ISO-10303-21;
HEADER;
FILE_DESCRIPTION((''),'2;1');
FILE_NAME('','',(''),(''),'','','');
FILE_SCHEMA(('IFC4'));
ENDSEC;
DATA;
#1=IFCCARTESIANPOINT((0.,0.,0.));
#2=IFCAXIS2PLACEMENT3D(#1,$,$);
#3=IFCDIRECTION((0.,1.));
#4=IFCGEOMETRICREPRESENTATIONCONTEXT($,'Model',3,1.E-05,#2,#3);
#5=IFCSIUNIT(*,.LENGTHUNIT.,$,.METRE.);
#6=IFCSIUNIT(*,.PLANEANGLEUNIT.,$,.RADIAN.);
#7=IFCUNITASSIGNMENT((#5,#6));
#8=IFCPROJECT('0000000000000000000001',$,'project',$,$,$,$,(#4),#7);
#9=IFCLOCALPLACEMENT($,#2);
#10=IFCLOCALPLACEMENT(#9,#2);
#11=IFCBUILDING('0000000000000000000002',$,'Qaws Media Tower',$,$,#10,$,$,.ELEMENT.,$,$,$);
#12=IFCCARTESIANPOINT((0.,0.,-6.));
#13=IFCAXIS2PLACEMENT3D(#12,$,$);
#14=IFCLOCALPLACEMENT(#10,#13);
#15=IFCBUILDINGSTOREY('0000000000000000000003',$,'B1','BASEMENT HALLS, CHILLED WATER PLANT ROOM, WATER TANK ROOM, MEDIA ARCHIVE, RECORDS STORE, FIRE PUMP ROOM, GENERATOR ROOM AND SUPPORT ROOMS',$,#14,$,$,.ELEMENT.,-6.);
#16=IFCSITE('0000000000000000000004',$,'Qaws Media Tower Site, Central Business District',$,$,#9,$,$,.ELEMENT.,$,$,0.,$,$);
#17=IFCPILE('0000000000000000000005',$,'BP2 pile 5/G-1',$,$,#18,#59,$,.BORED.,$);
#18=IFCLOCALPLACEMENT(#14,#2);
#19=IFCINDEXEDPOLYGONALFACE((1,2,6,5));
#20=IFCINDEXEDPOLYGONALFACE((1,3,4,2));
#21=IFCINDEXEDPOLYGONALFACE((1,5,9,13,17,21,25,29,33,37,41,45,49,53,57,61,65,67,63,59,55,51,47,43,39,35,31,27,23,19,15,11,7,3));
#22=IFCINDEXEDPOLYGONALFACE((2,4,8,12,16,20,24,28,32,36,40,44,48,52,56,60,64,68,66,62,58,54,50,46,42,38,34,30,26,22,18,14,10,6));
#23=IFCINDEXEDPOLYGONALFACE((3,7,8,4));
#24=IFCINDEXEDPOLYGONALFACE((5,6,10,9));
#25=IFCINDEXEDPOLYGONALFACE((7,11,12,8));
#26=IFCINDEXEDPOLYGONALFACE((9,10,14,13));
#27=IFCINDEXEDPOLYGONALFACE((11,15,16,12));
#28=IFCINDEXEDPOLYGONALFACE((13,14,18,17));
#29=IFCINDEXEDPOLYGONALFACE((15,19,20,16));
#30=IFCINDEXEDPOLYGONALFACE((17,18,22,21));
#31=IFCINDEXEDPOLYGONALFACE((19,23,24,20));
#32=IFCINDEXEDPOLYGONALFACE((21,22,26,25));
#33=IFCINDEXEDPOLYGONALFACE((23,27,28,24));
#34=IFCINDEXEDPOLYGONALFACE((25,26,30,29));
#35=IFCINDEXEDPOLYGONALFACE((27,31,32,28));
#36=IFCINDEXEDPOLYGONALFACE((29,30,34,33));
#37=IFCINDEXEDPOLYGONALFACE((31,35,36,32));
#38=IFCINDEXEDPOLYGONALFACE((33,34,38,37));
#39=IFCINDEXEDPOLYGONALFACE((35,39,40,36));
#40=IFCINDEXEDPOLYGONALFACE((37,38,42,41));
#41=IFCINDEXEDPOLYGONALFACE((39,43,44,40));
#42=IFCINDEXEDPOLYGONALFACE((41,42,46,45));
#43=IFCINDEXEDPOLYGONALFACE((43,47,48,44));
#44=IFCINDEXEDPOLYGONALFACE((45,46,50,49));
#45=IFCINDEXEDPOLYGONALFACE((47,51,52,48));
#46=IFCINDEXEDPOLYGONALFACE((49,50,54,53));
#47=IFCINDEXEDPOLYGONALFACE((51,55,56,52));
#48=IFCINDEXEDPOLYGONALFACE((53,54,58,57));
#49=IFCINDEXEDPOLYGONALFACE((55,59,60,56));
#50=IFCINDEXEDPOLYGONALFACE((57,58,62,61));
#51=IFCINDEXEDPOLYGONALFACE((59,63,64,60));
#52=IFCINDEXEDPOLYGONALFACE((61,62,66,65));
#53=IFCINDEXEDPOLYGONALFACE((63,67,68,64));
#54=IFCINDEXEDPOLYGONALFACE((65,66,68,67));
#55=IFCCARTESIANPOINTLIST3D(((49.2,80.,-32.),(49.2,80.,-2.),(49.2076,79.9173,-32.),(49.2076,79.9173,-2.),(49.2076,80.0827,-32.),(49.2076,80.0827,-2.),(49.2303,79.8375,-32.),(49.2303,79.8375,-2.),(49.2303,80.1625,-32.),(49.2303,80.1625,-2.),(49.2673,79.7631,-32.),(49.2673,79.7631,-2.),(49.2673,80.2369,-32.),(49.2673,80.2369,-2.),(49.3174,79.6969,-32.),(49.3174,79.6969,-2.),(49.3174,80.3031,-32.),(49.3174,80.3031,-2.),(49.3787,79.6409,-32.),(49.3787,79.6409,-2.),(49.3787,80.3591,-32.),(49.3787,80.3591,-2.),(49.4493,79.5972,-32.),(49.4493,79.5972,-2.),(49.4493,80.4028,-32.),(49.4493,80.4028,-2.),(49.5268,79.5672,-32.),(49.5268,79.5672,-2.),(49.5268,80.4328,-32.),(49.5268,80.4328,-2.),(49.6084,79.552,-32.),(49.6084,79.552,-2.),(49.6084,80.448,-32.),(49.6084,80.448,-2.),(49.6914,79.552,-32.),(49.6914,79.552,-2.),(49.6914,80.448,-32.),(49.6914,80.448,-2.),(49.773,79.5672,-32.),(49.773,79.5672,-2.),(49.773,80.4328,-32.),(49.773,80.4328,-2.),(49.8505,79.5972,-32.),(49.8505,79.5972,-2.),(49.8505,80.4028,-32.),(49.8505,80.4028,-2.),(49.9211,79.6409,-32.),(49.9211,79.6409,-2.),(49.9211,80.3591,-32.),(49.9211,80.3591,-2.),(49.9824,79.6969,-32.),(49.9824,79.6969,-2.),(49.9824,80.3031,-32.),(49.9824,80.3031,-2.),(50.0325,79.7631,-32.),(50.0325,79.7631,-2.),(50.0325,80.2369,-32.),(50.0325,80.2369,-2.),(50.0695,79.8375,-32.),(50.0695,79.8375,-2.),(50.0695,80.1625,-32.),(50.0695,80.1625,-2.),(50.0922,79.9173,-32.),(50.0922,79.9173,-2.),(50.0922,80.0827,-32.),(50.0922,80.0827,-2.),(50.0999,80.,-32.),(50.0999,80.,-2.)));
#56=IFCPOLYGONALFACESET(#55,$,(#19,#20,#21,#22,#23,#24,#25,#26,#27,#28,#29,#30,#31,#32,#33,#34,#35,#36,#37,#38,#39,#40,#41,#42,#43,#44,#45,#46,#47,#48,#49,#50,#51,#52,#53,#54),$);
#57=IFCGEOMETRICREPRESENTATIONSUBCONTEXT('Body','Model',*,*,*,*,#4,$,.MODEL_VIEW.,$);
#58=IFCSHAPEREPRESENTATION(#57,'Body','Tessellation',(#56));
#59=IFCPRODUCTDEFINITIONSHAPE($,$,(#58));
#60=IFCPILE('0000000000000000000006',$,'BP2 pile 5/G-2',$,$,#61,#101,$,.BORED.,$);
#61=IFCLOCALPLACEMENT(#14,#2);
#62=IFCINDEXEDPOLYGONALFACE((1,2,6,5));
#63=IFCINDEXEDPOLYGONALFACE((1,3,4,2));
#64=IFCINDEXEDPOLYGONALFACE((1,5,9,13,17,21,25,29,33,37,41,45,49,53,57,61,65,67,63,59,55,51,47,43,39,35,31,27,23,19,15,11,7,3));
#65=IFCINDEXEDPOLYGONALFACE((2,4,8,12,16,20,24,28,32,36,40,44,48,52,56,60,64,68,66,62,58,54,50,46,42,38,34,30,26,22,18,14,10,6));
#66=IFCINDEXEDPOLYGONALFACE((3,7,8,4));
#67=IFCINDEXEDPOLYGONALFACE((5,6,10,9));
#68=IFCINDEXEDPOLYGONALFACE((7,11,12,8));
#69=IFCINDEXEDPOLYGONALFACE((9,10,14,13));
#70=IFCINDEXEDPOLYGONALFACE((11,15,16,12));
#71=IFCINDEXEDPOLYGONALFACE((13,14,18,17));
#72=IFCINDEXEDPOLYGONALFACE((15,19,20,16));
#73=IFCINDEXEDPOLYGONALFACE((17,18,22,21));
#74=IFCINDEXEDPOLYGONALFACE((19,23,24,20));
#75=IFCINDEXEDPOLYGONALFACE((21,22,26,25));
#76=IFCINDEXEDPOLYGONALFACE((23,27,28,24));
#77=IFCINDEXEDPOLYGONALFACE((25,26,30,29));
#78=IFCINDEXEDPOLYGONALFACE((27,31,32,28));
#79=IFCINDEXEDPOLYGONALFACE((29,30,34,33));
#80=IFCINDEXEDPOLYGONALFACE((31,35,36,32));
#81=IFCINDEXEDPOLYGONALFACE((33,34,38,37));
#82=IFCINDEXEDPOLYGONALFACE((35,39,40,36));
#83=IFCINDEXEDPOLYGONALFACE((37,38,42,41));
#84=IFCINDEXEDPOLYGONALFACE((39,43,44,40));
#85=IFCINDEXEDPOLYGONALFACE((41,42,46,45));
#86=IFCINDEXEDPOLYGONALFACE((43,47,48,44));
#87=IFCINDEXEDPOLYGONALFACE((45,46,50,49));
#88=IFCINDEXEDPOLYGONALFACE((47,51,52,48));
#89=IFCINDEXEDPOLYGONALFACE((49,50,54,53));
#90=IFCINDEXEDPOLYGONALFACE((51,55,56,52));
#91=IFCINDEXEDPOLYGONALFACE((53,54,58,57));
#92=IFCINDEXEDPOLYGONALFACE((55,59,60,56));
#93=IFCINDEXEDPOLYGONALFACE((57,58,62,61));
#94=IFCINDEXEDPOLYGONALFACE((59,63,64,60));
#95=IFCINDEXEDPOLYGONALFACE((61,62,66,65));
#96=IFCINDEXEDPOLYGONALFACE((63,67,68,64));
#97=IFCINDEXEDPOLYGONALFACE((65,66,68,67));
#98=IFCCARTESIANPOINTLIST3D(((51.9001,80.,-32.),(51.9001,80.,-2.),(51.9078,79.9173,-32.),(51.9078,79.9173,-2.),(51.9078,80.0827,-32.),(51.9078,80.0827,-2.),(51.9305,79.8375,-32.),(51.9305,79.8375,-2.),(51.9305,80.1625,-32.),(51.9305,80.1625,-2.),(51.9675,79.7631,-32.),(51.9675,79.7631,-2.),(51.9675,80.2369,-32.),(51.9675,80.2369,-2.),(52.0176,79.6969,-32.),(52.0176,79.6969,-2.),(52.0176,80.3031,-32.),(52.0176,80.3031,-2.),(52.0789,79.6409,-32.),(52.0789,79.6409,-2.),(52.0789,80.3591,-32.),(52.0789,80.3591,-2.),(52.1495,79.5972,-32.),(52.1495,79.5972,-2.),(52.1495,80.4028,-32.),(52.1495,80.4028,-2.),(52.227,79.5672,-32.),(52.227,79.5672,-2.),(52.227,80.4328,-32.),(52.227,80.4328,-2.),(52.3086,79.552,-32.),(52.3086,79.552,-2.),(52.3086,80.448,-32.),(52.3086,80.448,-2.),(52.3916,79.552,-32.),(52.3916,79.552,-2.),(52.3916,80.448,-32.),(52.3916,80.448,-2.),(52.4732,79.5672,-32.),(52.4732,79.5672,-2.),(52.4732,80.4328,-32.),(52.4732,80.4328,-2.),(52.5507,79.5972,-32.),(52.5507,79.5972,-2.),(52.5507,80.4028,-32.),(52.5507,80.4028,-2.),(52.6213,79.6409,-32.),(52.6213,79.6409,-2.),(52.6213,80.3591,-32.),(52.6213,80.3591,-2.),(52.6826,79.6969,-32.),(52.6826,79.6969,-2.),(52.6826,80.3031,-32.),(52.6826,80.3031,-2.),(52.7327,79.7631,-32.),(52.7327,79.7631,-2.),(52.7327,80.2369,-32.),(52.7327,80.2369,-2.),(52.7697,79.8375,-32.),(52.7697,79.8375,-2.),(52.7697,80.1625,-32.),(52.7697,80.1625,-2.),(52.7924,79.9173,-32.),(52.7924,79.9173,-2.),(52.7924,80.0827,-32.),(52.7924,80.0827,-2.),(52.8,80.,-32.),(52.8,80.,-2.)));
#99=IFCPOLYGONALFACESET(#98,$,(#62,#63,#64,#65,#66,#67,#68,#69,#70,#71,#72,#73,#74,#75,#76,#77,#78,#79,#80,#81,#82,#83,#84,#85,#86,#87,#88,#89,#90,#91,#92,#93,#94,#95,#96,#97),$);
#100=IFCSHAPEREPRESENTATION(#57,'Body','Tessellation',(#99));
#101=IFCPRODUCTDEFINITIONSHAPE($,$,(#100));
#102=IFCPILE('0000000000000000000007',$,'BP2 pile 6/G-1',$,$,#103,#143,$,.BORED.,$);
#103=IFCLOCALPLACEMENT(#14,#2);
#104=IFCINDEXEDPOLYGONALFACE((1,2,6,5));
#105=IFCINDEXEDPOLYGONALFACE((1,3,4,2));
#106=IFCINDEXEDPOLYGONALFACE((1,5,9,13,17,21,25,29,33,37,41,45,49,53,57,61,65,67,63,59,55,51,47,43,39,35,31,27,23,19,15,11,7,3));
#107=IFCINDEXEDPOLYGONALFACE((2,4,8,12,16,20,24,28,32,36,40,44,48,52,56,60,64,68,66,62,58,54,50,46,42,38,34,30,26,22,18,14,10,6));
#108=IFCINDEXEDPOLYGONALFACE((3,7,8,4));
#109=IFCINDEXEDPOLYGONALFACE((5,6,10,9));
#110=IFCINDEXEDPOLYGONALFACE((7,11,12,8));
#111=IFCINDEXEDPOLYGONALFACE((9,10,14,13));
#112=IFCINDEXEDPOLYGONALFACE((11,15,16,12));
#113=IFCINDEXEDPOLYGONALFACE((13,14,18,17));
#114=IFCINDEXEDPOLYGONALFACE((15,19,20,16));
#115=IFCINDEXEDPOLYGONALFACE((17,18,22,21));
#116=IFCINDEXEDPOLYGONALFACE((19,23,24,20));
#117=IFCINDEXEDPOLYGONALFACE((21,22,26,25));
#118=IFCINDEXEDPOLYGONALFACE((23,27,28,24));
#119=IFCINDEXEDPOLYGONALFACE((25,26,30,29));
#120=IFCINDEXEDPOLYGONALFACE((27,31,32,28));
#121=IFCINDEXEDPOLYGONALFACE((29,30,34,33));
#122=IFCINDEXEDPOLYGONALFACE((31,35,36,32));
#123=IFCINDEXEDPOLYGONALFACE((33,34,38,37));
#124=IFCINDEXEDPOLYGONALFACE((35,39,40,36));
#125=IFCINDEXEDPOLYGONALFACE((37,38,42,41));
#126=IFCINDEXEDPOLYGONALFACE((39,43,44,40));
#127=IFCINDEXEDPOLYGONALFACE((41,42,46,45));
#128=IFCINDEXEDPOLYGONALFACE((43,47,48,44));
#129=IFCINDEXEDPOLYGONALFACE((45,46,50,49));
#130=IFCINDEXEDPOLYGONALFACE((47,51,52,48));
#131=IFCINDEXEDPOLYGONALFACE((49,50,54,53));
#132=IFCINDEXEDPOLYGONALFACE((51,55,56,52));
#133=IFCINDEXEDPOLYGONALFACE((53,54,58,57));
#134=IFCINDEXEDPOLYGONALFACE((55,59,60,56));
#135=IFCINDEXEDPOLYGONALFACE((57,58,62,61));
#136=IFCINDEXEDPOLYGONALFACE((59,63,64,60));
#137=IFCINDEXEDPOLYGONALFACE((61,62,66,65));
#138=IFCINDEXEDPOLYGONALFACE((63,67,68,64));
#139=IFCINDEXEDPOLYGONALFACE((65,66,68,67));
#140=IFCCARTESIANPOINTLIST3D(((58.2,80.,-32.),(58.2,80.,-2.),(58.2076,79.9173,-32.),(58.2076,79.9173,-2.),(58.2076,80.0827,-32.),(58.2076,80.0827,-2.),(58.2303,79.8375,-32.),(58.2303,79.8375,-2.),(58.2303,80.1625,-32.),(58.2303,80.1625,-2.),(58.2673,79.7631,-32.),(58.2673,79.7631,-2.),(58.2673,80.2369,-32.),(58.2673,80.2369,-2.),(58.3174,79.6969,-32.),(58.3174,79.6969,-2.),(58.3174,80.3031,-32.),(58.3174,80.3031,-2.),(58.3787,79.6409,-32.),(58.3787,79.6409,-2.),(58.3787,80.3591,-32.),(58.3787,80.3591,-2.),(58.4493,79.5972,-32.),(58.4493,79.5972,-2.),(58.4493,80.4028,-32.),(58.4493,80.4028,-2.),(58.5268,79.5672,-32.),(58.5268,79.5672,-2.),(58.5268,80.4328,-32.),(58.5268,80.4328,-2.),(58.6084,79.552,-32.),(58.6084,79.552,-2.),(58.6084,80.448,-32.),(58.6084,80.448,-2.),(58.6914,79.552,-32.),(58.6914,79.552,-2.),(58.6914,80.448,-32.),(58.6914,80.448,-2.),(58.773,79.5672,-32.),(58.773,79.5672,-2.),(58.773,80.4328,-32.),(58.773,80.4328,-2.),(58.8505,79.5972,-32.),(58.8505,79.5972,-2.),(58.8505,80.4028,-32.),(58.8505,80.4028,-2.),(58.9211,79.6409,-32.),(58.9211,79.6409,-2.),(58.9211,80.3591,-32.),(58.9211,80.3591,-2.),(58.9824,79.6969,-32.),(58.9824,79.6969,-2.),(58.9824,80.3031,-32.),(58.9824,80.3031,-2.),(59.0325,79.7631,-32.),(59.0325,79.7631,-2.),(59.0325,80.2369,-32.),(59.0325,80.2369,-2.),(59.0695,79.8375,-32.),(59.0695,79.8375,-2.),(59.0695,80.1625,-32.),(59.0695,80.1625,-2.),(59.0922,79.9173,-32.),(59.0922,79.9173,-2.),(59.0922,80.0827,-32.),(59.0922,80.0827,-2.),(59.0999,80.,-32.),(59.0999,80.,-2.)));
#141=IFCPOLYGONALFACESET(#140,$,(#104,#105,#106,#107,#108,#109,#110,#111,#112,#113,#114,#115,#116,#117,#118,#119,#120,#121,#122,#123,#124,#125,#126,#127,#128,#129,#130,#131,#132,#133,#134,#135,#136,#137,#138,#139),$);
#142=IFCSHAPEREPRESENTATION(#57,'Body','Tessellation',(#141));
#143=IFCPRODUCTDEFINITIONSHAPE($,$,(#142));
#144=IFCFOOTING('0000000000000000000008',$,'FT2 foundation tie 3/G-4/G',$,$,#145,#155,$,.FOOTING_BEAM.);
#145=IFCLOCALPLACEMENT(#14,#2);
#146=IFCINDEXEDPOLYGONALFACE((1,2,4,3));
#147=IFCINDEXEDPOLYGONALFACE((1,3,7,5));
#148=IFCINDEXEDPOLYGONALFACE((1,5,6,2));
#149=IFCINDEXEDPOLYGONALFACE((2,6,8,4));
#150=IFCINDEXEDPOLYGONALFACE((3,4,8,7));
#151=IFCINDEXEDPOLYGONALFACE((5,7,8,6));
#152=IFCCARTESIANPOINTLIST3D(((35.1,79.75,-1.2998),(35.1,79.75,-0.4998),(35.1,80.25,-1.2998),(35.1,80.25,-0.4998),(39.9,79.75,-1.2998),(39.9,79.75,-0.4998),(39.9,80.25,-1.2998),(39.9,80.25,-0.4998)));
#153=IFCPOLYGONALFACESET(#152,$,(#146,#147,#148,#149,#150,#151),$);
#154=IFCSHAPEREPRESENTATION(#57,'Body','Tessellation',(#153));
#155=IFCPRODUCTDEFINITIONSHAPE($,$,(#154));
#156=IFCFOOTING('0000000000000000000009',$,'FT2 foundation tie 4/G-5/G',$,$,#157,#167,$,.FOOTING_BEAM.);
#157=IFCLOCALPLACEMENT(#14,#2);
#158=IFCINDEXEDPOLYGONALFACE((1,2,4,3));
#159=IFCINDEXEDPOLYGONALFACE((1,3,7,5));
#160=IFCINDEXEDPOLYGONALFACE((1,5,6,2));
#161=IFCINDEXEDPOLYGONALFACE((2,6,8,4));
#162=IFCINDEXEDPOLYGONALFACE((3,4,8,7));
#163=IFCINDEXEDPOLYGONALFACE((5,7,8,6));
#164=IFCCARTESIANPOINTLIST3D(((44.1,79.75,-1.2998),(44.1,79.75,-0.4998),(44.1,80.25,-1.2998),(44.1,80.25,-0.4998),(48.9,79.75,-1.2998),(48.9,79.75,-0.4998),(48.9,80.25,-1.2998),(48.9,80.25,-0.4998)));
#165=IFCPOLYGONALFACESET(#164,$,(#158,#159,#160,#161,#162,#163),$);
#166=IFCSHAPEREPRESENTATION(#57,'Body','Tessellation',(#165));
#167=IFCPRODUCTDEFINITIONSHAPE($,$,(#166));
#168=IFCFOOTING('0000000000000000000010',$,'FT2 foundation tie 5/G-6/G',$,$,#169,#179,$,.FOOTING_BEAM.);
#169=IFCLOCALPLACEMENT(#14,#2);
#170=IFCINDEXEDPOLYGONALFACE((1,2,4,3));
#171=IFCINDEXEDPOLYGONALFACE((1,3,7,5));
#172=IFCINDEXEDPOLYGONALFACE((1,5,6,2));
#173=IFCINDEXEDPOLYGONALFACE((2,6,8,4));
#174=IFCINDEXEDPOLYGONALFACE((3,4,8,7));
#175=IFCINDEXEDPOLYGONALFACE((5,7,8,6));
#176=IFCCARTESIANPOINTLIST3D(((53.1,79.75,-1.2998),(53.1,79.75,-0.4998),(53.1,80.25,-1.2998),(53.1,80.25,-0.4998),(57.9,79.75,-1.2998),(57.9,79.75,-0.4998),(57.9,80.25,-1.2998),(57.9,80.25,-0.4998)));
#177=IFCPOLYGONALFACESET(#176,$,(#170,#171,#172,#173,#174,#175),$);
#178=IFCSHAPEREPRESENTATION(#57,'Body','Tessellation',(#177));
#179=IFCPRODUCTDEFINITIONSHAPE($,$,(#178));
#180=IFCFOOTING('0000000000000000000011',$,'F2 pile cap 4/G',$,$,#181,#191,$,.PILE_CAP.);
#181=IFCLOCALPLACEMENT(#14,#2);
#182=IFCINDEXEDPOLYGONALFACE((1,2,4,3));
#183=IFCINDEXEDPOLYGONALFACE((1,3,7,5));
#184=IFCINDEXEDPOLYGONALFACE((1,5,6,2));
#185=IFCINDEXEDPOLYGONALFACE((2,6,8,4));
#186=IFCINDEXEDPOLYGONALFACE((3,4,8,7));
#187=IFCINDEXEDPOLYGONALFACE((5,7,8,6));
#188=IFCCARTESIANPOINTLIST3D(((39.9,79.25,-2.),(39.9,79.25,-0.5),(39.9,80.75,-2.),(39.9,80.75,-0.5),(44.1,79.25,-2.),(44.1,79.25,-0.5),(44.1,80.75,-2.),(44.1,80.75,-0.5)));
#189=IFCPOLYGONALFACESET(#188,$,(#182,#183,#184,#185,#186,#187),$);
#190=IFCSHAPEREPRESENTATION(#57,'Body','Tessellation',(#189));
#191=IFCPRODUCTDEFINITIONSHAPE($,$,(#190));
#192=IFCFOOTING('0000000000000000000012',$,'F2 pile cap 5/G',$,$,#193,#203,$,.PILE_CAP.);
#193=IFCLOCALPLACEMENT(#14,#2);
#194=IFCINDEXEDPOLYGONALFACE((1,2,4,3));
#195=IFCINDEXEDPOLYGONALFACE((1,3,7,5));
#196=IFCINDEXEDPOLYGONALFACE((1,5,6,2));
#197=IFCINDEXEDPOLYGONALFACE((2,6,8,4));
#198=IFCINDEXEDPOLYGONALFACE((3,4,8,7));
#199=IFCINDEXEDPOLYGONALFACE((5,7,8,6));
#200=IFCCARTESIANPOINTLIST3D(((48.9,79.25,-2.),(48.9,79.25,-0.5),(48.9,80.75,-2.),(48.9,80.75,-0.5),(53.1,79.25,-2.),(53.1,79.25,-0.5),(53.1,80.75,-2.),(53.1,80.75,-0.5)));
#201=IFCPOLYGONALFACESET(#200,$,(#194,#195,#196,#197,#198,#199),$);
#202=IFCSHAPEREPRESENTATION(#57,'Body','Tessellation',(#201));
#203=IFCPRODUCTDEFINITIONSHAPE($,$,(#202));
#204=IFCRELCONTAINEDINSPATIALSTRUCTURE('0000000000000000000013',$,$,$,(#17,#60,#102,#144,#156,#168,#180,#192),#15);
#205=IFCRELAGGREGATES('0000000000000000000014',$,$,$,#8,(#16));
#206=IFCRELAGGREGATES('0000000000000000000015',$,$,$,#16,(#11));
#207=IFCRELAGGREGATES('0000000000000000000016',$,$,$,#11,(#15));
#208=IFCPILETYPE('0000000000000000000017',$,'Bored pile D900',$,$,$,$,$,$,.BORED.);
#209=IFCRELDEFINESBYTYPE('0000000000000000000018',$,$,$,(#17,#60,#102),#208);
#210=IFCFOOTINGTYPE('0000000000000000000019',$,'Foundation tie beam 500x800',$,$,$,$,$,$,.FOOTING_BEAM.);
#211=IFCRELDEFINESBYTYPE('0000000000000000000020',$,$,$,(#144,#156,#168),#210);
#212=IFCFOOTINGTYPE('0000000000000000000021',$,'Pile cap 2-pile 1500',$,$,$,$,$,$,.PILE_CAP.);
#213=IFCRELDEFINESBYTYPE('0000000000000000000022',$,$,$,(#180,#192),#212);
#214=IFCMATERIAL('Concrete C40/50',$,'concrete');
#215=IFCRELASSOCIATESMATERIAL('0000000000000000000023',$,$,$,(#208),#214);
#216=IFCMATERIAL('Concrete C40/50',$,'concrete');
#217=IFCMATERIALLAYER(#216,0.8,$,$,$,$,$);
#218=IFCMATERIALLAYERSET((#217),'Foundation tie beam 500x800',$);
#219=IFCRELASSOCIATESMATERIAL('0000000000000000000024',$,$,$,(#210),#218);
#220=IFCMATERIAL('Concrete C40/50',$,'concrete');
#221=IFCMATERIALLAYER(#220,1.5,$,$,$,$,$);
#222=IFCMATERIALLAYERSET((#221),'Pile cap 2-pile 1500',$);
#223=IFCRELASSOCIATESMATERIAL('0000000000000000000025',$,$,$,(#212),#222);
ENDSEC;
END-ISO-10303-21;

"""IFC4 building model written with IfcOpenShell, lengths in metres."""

from ifc_helpers import new_model, si_unit, direction, frame, origin, origin_2d, place, context, subcontext, project, spatial, rectangle, circle, extrude, material, layer, layer_set, material_profile, profile_set, type_object, element, save


model = new_model("IFC4")

# Units and contexts
model_context = context("Model", 3, precision=1e-05, world=origin(), true_north=direction((0.0, 1.0)))
body_context = subcontext(model_context, "Body", "Model", "MODEL_VIEW")
ifc_project = project(units=[si_unit("LENGTHUNIT", "METRE"), si_unit("PLANEANGLEUNIT", "RADIAN")], contexts=[model_context])

# Site, building, storey
site_placement = place(None, origin())
site = spatial("IfcSite", under=ifc_project, at=site_placement, Name="Qaws Media Tower Site, Central Business District", CompositionType="ELEMENT", RefElevation=0.0)
building_placement = place(site_placement, origin())
building = spatial("IfcBuilding", under=site, at=building_placement, Name="Qaws Media Tower", CompositionType="ELEMENT")
storey_placement = place(building_placement, frame((0.0, 0.0, -6.0)))
storey = spatial("IfcBuildingStorey", under=building, at=storey_placement, Name="B1", Description="BASEMENT HALLS, CHILLED WATER PLANT ROOM, WATER TANK ROOM, MEDIA ARCHIVE, RECORDS STORE, FIRE PUMP ROOM, GENERATOR ROOM AND SUPPORT ROOMS", CompositionType="ELEMENT", Elevation=-6.0)

# Piles
ifc_material_1 = material(Name="Concrete C40/50", Category="concrete")
ifc_material_profile_1 = material_profile(ifc_material_1, circle(Radius=0.45, at=origin_2d()), Name="D900")
ifc_profile_set_1 = profile_set([ifc_material_profile_1], Name="Concrete C40/50")
pile_type_1 = type_object("IfcPileType", Name="Bored pile D900", PredefinedType="BORED", material=ifc_profile_set_1)
for number, where, z_axis, x_axis, name in (
    (1, (49.6499, 80.0, -2.0), (0.0, 0.0, -1.0), (1.0, 0.0, 0.0), "BP2 pile 5/G-1"),
    (2, (52.3501, 80.0, -2.0), (0.0, 0.0, -1.0), (1.0, 0.0, 0.0), "BP2 pile 5/G-2"),
    (3, (58.6499, 80.0, -2.0), (0.0, 0.0, -1.0), (1.0, 0.0, 0.0), "BP2 pile 6/G-1"),
):
    element("IfcPile", number, at=place(storey_placement, frame(where, z_axis=z_axis, x_axis=x_axis)), inside=storey, type_object=pile_type_1, Name=name, PredefinedType="BORED", context=body_context, shape_type="SweptSolid", body=[
        extrude(circle(Radius=0.45, at=origin_2d()), origin(), (0.0, 0.0, 1.0), 30.0),
    ])

# Footings
ifc_material_2 = material(Name="Concrete C40/50", Category="concrete")
ifc_layer_1 = layer(ifc_material_2, 0.8)
ifc_layer_set_1 = layer_set([ifc_layer_1], Name="Foundation tie beam 500x800")
footing_type_1 = type_object("IfcFootingType", Name="Foundation tie beam 500x800", PredefinedType="FOOTING_BEAM", material=ifc_layer_set_1)
for number, where, z_axis, x_axis, name in (
    (4, (37.5, 80.0, -1.2998), (0.0, 0.0, 1.0), (1.0, 0.0, 0.0), "FT2 foundation tie 3/G-4/G"),
    (5, (46.5, 80.0, -1.2998), (0.0, 0.0, 1.0), (1.0, 0.0, 0.0), "FT2 foundation tie 4/G-5/G"),
    (6, (55.5, 80.0, -1.2998), (0.0, 0.0, 1.0), (1.0, 0.0, 0.0), "FT2 foundation tie 5/G-6/G"),
):
    element("IfcFooting", number, at=place(storey_placement, frame(where, z_axis=z_axis, x_axis=x_axis)), inside=storey, type_object=footing_type_1, Name=name, PredefinedType="FOOTING_BEAM", context=body_context, shape_type="SweptSolid", body=[
        extrude(rectangle(XDim=4.8, YDim=0.5, at=origin_2d()), origin(), (0.0, 0.0, 1.0), 0.8),
    ])
ifc_material_3 = material(Name="Concrete C40/50", Category="concrete")
ifc_layer_2 = layer(ifc_material_3, 1.5)
ifc_layer_set_2 = layer_set([ifc_layer_2], Name="Pile cap 2-pile 1500")
footing_type_2 = type_object("IfcFootingType", Name="Pile cap 2-pile 1500", PredefinedType="PILE_CAP", material=ifc_layer_set_2)
for number, where, z_axis, x_axis, name in (
    (7, (42.0, 80.0, -2.0), (0.0, 0.0, 1.0), (1.0, 0.0, 0.0), "F2 pile cap 4/G"),
    (8, (51.0, 80.0, -2.0), (0.0, 0.0, 1.0), (1.0, 0.0, 0.0), "F2 pile cap 5/G"),
):
    element("IfcFooting", number, at=place(storey_placement, frame(where, z_axis=z_axis, x_axis=x_axis)), inside=storey, type_object=footing_type_2, Name=name, PredefinedType="PILE_CAP", context=body_context, shape_type="SweptSolid", body=[
        extrude(rectangle(XDim=4.2, YDim=1.5, at=origin_2d()), origin(), (0.0, 0.0, 1.0), 1.5),
    ])

save(model, "model.ifc")
